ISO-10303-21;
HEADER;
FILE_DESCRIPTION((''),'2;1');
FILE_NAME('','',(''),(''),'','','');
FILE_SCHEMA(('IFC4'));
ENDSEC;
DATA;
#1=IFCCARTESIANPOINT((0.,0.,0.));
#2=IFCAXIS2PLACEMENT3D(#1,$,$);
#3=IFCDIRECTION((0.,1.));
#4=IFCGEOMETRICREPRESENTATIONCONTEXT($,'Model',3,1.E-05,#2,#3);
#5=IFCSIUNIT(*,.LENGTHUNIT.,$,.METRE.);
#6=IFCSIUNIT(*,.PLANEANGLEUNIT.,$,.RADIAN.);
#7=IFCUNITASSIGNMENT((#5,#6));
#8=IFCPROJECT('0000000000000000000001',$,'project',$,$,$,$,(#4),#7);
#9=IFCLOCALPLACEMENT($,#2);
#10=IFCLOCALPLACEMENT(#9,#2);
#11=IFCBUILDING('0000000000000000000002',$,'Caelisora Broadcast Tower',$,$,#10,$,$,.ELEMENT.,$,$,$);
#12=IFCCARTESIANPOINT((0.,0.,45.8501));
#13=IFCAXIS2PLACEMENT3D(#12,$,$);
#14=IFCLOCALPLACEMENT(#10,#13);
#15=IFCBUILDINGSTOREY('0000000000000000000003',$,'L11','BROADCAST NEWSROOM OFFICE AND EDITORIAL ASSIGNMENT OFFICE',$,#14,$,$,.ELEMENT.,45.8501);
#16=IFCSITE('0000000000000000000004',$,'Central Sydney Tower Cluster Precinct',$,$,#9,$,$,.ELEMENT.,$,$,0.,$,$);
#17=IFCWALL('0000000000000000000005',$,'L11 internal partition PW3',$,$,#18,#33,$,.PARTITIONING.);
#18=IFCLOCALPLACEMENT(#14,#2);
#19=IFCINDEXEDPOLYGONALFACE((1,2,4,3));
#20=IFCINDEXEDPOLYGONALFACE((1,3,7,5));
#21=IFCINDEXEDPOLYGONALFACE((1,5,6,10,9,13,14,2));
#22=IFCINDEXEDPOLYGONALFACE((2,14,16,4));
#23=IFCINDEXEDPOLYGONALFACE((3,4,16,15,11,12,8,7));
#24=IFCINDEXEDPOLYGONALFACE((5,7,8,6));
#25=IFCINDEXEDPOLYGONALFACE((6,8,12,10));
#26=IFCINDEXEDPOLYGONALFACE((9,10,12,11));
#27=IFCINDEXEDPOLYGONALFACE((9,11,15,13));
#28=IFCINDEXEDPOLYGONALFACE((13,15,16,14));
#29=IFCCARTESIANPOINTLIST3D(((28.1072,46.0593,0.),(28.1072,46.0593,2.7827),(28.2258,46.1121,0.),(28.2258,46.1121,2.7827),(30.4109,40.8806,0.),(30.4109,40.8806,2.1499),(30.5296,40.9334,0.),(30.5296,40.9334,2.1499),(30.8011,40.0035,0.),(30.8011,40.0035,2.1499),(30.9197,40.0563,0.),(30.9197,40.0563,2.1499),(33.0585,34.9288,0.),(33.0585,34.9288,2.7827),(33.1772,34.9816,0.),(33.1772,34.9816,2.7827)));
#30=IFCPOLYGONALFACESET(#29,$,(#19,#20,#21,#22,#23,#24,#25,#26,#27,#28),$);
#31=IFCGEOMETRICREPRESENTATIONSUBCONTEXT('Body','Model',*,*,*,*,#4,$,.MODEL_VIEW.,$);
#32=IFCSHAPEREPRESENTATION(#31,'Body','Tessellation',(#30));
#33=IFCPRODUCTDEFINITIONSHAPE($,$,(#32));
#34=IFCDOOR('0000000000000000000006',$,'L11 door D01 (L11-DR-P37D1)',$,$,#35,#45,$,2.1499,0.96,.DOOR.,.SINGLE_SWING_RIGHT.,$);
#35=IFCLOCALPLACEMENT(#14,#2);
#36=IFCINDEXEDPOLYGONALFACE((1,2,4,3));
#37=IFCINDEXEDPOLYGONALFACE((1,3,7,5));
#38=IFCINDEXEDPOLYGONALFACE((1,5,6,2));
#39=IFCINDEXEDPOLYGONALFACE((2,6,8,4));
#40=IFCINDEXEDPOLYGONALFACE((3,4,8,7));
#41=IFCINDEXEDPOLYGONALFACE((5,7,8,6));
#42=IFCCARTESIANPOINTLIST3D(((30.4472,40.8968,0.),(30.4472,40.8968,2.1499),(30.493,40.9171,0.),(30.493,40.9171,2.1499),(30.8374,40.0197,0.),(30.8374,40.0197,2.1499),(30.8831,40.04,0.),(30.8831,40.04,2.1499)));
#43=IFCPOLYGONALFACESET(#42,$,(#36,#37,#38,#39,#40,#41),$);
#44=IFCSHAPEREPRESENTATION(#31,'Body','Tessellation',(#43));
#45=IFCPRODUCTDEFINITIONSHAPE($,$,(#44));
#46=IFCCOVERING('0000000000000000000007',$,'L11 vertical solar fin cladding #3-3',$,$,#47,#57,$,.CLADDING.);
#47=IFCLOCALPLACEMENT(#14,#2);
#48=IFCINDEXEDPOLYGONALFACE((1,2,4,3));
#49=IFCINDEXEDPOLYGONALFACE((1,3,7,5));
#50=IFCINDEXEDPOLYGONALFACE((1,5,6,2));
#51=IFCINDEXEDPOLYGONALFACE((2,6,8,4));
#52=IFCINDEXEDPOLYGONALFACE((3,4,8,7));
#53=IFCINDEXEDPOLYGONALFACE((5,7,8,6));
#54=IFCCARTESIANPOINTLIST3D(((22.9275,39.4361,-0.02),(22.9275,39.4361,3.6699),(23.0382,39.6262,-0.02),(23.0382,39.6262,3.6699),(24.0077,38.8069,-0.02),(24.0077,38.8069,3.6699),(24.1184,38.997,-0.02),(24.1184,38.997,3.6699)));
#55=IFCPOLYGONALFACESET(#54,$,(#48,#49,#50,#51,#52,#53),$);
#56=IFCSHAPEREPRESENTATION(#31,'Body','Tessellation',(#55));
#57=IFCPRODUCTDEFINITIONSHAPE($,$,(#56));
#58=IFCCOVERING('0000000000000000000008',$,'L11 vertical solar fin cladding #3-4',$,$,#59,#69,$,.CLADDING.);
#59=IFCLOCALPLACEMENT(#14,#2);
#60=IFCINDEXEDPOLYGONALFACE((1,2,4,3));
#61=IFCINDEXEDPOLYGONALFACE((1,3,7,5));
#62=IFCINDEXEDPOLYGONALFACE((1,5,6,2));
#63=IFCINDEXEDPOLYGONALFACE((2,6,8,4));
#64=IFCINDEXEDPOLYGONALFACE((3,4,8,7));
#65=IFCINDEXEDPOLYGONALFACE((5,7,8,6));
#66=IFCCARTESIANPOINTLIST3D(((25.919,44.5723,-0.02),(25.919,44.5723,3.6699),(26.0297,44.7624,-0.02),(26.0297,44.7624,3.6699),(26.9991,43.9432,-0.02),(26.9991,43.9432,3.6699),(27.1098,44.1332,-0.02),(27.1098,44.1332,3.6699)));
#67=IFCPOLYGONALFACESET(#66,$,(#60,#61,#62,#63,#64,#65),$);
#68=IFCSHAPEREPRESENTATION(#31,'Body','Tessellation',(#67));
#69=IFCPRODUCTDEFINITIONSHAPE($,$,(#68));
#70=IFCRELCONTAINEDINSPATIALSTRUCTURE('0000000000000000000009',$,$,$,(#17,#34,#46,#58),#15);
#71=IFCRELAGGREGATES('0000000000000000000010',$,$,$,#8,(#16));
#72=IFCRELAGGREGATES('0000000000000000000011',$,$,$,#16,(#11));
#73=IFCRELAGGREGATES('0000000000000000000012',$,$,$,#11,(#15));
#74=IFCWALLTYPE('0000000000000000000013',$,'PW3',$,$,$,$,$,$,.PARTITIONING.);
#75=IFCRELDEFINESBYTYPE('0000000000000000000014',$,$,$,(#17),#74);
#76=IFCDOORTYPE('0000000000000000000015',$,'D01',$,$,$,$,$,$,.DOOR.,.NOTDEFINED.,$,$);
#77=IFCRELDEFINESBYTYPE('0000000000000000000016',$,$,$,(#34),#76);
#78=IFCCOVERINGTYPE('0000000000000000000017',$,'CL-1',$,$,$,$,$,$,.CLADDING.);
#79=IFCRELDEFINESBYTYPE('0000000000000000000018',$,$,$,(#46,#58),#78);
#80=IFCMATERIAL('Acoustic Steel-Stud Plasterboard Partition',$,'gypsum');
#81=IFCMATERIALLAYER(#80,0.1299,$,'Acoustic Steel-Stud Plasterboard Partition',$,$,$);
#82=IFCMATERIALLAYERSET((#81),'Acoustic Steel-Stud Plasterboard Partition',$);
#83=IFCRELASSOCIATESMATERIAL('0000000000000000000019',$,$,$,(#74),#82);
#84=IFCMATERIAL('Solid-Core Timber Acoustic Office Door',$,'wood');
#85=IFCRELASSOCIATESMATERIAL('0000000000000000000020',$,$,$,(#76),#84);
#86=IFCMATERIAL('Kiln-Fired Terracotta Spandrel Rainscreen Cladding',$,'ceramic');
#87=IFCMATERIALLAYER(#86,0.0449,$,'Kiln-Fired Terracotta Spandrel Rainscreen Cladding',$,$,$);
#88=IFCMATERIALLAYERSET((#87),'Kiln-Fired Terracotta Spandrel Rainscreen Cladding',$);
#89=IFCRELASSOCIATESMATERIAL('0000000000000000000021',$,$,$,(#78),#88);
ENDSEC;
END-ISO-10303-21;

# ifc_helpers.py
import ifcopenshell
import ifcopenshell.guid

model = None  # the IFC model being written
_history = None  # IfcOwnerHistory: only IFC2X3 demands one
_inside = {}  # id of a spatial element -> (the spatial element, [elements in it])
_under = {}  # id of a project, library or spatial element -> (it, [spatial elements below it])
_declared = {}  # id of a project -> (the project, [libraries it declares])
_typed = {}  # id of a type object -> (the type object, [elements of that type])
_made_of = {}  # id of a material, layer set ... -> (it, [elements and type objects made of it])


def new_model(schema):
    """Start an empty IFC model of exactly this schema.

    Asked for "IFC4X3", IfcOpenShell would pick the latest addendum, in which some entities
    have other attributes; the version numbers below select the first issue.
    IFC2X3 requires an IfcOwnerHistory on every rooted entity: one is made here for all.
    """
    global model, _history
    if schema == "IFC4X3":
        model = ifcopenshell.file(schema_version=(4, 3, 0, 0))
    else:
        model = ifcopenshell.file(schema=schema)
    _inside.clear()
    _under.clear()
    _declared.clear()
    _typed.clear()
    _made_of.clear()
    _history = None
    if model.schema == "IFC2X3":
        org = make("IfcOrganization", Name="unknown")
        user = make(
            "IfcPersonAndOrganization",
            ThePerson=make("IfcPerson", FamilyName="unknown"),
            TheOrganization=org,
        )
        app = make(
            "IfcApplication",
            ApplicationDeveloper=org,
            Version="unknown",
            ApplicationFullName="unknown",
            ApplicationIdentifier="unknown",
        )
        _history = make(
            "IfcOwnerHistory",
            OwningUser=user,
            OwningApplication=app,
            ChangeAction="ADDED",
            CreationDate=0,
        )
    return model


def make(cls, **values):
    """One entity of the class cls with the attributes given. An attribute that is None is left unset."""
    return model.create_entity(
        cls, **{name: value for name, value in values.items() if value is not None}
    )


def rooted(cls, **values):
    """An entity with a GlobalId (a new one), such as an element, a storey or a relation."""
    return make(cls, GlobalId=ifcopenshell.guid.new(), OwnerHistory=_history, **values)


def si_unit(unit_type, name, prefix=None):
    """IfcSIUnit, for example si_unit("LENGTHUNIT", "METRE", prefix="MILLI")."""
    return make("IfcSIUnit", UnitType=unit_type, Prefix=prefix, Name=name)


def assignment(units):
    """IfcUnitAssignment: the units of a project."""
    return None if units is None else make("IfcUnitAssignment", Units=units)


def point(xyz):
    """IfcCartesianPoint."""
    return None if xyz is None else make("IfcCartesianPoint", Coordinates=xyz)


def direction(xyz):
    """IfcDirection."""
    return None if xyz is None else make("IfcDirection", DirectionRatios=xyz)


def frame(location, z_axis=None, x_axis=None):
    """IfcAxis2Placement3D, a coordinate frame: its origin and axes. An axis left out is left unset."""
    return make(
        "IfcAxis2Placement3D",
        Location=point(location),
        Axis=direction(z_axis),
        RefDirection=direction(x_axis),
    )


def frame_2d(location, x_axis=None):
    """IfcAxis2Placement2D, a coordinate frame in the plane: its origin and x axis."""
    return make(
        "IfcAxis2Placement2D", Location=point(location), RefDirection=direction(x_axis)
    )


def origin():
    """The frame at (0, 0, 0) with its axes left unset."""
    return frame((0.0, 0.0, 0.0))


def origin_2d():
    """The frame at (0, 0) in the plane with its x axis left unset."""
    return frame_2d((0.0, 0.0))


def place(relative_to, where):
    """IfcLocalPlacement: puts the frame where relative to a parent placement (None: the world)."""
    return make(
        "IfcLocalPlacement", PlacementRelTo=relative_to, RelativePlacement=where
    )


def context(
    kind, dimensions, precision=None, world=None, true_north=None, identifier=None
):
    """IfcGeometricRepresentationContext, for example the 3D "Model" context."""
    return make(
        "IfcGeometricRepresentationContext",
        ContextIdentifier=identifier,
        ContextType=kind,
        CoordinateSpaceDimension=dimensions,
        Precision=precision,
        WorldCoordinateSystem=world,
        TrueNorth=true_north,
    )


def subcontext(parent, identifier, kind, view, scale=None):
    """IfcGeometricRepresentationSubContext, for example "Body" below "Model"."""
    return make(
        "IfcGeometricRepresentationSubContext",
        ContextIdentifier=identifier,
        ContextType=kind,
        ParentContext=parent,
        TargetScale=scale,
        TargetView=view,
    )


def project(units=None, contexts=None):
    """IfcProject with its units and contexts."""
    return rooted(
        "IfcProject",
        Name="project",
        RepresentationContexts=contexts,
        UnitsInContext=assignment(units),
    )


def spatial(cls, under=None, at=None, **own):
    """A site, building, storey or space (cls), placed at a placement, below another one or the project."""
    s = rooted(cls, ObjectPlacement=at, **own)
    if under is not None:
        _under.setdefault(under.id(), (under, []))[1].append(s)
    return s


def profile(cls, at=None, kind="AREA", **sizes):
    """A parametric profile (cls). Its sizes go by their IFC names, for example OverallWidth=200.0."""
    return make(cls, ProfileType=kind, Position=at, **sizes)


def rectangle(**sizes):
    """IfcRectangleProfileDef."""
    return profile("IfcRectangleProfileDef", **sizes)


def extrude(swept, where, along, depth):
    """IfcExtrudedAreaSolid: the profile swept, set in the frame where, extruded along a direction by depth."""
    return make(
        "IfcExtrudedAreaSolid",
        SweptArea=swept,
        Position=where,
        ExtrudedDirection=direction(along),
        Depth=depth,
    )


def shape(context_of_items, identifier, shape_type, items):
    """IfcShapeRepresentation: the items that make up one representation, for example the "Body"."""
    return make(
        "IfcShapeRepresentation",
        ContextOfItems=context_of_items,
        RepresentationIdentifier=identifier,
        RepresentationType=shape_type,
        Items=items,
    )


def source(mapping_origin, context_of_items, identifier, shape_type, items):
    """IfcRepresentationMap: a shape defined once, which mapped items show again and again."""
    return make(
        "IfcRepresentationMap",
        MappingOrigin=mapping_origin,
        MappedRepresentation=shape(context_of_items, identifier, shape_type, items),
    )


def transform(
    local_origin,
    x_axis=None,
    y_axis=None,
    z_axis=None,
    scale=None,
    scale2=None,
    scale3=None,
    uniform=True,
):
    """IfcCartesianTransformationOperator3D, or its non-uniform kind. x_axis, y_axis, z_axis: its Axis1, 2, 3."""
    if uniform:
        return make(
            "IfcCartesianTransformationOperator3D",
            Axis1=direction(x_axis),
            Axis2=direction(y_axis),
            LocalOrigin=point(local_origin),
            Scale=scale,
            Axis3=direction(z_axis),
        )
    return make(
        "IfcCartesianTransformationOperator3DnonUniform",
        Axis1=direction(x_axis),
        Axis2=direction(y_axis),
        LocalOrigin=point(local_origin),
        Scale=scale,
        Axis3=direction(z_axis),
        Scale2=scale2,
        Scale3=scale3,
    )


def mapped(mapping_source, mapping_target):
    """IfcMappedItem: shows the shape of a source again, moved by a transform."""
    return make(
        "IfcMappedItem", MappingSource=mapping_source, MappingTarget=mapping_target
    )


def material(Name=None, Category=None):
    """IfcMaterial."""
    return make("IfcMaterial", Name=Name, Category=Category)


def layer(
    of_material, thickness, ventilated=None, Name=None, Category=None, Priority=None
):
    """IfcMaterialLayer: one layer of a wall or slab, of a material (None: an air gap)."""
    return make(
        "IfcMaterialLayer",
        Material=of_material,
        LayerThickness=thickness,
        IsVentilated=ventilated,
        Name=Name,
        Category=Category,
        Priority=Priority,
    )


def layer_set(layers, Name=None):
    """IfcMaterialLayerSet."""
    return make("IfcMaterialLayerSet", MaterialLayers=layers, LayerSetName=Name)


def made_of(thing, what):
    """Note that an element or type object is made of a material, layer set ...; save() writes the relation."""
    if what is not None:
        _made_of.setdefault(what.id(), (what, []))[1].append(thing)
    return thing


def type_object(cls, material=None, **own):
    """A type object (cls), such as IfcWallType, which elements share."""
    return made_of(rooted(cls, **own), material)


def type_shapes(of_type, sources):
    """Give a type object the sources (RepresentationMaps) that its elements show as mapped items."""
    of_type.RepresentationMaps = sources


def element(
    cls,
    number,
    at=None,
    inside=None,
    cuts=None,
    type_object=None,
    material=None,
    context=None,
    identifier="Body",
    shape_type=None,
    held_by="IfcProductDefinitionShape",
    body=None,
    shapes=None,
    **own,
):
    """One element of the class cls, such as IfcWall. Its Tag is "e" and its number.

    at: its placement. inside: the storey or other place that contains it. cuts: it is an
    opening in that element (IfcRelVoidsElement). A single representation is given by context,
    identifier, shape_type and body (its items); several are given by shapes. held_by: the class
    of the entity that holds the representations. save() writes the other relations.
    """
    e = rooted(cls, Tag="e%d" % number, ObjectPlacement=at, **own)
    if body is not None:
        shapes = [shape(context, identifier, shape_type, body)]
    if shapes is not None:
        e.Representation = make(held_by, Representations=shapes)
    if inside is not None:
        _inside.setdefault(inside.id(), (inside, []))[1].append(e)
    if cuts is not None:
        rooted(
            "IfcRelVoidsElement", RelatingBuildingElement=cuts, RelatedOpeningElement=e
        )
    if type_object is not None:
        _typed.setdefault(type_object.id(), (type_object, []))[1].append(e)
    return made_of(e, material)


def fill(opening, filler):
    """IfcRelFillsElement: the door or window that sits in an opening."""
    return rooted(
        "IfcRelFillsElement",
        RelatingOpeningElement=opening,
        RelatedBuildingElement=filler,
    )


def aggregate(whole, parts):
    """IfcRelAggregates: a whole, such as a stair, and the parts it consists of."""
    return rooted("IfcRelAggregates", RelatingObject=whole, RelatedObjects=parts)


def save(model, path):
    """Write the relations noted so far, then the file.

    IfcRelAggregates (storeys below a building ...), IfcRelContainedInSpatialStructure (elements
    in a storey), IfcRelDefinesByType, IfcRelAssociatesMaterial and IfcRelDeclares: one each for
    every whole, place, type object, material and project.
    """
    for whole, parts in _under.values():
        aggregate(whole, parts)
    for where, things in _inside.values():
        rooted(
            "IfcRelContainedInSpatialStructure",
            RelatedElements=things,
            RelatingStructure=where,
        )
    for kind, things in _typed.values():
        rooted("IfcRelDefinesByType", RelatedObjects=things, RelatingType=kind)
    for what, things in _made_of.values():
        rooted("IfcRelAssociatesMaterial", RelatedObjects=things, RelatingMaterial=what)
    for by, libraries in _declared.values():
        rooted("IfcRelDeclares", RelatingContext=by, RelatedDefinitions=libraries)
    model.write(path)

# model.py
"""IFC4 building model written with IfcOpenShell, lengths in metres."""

from ifc_helpers import new_model, si_unit, direction, frame, frame_2d, origin, origin_2d, place, context, subcontext, project, spatial, rectangle, extrude, source, transform, mapped, material, layer, layer_set, type_object, type_shapes, element, fill, save


model = new_model("IFC4")

# Units and contexts
model_context = context("Model", 3, precision=1e-05, world=origin(), true_north=direction((0.0, 1.0)))
body_context = subcontext(model_context, "Body", "Model", "MODEL_VIEW")
ifc_project = project(units=[si_unit("LENGTHUNIT", "METRE"), si_unit("PLANEANGLEUNIT", "RADIAN")], contexts=[model_context])

# Site, building, storey
site_placement = place(None, origin())
site = spatial("IfcSite", under=ifc_project, at=site_placement, Name="Central Sydney Tower Cluster Precinct", CompositionType="ELEMENT", RefElevation=0.0)
building_placement = place(site_placement, origin())
building = spatial("IfcBuilding", under=site, at=building_placement, Name="Caelisora Broadcast Tower", CompositionType="ELEMENT")
storey_placement = place(building_placement, frame((0.0, 0.0, 45.8501)))
storey = spatial("IfcBuildingStorey", under=building, at=storey_placement, Name="L11", Description="BROADCAST NEWSROOM OFFICE AND EDITORIAL ASSIGNMENT OFFICE", CompositionType="ELEMENT", Elevation=45.8501)

# Wall, opening, door
ifc_material_1 = material(Name="Acoustic Steel-Stud Plasterboard Partition", Category="gypsum")
ifc_layer_1 = layer(ifc_material_1, 0.1299, Name="Acoustic Steel-Stud Plasterboard Partition")
ifc_layer_set_1 = layer_set([ifc_layer_1], Name="Acoustic Steel-Stud Plasterboard Partition")
wall_type_1 = type_object("IfcWallType", Name="PW3", PredefinedType="PARTITIONING", material=ifc_layer_set_1)
wall_1_placement = place(storey_placement, frame((28.1665, 46.0857, 0.0), z_axis=(0.0, 0.0, 1.0), x_axis=(0.406445, -0.913675, 0.0)))
wall_1 = element("IfcWall", 1, at=wall_1_placement, inside=storey, type_object=wall_type_1, Name="L11 internal partition PW3", PredefinedType="PARTITIONING", context=body_context, shape_type="SweptSolid", body=[
    extrude(rectangle(XDim=12.1821, YDim=0.1299, at=frame_2d((6.0911, 0.0))), origin(), (0.0, 0.0, 1.0), 2.7827),
])
opening_1_placement = place(wall_1_placement, frame((5.668, 0.0, 0.0)))
opening_1 = element("IfcOpeningElement", 2, at=opening_1_placement, cuts=wall_1, PredefinedType="OPENING", context=body_context, shape_type="SweptSolid", body=[
    extrude(rectangle(XDim=0.96, YDim=2.1499, at=frame_2d((0.48, 1.075))), frame((0.0, 0.0769, 0.0), z_axis=(0.0, -1.0, 0.0), x_axis=(1.0, 0.0, 0.0)), (0.0, 0.0, 1.0), 0.1538),
])
ifc_material_2 = material(Name="Solid-Core Timber Acoustic Office Door", Category="wood")
door_type = type_object("IfcDoorType", Name="D01", OperationType="NOTDEFINED", PredefinedType="DOOR", material=ifc_material_2)
door_placement = place(opening_1_placement, origin())
door = element("IfcDoor", 3, at=door_placement, inside=storey, type_object=door_type, Name="L11 door D01 (L11-DR-P37D1)", OperationType="SINGLE_SWING_RIGHT", OverallHeight=2.1499, OverallWidth=0.96, PredefinedType="DOOR", context=body_context, shape_type="SweptSolid", body=[
    extrude(rectangle(XDim=0.96, YDim=2.1499, at=frame_2d((0.48, 1.075))), frame((0.0, 0.0249, 0.0), z_axis=(0.0, -1.0, 0.0), x_axis=(1.0, 0.0, 0.0)), (0.0, 0.0, 1.0), 0.05),
])
fill(opening_1, door)

# Coverings
ifc_material_3 = material(Name="Kiln-Fired Terracotta Spandrel Rainscreen Cladding", Category="ceramic")
ifc_layer_2 = layer(ifc_material_3, 0.0449, Name="Kiln-Fired Terracotta Spandrel Rainscreen Cladding")
ifc_layer_set_2 = layer_set([ifc_layer_2], Name="Kiln-Fired Terracotta Spandrel Rainscreen Cladding")
covering_type = type_object("IfcCoveringType", Name="CL-1", PredefinedType="CLADDING", material=ifc_layer_set_2)
shared_shape_1 = source(origin(), body_context, "Body", "SweptSolid", [
    extrude(rectangle(XDim=0.22, YDim=1.25, at=origin_2d()), origin(), (0.0, 0.0, 1.0), 3.6899),
])
type_shapes(covering_type, [shared_shape_1])
for number, where, z_axis, x_axis, name in (
    (4, (23.5229, 39.2166, -0.02), (0.0, 0.0, 1.0), (0.503322, 0.864099, 0.0), "L11 vertical solar fin cladding #3-3"),
    (5, (26.5144, 44.3528, -0.02), (0.0, 0.0, 1.0), (0.503322, 0.864099, 0.0), "L11 vertical solar fin cladding #3-4"),
):
    element("IfcCovering", number, at=place(storey_placement, frame(where, z_axis=z_axis, x_axis=x_axis)), inside=storey, type_object=covering_type, Name=name, PredefinedType="CLADDING", context=body_context, shape_type="MappedRepresentation", body=[
        mapped(shared_shape_1, transform((0.0, 0.0, 0.0), scale=1.0)),
    ])

save(model, "model.ifc")
